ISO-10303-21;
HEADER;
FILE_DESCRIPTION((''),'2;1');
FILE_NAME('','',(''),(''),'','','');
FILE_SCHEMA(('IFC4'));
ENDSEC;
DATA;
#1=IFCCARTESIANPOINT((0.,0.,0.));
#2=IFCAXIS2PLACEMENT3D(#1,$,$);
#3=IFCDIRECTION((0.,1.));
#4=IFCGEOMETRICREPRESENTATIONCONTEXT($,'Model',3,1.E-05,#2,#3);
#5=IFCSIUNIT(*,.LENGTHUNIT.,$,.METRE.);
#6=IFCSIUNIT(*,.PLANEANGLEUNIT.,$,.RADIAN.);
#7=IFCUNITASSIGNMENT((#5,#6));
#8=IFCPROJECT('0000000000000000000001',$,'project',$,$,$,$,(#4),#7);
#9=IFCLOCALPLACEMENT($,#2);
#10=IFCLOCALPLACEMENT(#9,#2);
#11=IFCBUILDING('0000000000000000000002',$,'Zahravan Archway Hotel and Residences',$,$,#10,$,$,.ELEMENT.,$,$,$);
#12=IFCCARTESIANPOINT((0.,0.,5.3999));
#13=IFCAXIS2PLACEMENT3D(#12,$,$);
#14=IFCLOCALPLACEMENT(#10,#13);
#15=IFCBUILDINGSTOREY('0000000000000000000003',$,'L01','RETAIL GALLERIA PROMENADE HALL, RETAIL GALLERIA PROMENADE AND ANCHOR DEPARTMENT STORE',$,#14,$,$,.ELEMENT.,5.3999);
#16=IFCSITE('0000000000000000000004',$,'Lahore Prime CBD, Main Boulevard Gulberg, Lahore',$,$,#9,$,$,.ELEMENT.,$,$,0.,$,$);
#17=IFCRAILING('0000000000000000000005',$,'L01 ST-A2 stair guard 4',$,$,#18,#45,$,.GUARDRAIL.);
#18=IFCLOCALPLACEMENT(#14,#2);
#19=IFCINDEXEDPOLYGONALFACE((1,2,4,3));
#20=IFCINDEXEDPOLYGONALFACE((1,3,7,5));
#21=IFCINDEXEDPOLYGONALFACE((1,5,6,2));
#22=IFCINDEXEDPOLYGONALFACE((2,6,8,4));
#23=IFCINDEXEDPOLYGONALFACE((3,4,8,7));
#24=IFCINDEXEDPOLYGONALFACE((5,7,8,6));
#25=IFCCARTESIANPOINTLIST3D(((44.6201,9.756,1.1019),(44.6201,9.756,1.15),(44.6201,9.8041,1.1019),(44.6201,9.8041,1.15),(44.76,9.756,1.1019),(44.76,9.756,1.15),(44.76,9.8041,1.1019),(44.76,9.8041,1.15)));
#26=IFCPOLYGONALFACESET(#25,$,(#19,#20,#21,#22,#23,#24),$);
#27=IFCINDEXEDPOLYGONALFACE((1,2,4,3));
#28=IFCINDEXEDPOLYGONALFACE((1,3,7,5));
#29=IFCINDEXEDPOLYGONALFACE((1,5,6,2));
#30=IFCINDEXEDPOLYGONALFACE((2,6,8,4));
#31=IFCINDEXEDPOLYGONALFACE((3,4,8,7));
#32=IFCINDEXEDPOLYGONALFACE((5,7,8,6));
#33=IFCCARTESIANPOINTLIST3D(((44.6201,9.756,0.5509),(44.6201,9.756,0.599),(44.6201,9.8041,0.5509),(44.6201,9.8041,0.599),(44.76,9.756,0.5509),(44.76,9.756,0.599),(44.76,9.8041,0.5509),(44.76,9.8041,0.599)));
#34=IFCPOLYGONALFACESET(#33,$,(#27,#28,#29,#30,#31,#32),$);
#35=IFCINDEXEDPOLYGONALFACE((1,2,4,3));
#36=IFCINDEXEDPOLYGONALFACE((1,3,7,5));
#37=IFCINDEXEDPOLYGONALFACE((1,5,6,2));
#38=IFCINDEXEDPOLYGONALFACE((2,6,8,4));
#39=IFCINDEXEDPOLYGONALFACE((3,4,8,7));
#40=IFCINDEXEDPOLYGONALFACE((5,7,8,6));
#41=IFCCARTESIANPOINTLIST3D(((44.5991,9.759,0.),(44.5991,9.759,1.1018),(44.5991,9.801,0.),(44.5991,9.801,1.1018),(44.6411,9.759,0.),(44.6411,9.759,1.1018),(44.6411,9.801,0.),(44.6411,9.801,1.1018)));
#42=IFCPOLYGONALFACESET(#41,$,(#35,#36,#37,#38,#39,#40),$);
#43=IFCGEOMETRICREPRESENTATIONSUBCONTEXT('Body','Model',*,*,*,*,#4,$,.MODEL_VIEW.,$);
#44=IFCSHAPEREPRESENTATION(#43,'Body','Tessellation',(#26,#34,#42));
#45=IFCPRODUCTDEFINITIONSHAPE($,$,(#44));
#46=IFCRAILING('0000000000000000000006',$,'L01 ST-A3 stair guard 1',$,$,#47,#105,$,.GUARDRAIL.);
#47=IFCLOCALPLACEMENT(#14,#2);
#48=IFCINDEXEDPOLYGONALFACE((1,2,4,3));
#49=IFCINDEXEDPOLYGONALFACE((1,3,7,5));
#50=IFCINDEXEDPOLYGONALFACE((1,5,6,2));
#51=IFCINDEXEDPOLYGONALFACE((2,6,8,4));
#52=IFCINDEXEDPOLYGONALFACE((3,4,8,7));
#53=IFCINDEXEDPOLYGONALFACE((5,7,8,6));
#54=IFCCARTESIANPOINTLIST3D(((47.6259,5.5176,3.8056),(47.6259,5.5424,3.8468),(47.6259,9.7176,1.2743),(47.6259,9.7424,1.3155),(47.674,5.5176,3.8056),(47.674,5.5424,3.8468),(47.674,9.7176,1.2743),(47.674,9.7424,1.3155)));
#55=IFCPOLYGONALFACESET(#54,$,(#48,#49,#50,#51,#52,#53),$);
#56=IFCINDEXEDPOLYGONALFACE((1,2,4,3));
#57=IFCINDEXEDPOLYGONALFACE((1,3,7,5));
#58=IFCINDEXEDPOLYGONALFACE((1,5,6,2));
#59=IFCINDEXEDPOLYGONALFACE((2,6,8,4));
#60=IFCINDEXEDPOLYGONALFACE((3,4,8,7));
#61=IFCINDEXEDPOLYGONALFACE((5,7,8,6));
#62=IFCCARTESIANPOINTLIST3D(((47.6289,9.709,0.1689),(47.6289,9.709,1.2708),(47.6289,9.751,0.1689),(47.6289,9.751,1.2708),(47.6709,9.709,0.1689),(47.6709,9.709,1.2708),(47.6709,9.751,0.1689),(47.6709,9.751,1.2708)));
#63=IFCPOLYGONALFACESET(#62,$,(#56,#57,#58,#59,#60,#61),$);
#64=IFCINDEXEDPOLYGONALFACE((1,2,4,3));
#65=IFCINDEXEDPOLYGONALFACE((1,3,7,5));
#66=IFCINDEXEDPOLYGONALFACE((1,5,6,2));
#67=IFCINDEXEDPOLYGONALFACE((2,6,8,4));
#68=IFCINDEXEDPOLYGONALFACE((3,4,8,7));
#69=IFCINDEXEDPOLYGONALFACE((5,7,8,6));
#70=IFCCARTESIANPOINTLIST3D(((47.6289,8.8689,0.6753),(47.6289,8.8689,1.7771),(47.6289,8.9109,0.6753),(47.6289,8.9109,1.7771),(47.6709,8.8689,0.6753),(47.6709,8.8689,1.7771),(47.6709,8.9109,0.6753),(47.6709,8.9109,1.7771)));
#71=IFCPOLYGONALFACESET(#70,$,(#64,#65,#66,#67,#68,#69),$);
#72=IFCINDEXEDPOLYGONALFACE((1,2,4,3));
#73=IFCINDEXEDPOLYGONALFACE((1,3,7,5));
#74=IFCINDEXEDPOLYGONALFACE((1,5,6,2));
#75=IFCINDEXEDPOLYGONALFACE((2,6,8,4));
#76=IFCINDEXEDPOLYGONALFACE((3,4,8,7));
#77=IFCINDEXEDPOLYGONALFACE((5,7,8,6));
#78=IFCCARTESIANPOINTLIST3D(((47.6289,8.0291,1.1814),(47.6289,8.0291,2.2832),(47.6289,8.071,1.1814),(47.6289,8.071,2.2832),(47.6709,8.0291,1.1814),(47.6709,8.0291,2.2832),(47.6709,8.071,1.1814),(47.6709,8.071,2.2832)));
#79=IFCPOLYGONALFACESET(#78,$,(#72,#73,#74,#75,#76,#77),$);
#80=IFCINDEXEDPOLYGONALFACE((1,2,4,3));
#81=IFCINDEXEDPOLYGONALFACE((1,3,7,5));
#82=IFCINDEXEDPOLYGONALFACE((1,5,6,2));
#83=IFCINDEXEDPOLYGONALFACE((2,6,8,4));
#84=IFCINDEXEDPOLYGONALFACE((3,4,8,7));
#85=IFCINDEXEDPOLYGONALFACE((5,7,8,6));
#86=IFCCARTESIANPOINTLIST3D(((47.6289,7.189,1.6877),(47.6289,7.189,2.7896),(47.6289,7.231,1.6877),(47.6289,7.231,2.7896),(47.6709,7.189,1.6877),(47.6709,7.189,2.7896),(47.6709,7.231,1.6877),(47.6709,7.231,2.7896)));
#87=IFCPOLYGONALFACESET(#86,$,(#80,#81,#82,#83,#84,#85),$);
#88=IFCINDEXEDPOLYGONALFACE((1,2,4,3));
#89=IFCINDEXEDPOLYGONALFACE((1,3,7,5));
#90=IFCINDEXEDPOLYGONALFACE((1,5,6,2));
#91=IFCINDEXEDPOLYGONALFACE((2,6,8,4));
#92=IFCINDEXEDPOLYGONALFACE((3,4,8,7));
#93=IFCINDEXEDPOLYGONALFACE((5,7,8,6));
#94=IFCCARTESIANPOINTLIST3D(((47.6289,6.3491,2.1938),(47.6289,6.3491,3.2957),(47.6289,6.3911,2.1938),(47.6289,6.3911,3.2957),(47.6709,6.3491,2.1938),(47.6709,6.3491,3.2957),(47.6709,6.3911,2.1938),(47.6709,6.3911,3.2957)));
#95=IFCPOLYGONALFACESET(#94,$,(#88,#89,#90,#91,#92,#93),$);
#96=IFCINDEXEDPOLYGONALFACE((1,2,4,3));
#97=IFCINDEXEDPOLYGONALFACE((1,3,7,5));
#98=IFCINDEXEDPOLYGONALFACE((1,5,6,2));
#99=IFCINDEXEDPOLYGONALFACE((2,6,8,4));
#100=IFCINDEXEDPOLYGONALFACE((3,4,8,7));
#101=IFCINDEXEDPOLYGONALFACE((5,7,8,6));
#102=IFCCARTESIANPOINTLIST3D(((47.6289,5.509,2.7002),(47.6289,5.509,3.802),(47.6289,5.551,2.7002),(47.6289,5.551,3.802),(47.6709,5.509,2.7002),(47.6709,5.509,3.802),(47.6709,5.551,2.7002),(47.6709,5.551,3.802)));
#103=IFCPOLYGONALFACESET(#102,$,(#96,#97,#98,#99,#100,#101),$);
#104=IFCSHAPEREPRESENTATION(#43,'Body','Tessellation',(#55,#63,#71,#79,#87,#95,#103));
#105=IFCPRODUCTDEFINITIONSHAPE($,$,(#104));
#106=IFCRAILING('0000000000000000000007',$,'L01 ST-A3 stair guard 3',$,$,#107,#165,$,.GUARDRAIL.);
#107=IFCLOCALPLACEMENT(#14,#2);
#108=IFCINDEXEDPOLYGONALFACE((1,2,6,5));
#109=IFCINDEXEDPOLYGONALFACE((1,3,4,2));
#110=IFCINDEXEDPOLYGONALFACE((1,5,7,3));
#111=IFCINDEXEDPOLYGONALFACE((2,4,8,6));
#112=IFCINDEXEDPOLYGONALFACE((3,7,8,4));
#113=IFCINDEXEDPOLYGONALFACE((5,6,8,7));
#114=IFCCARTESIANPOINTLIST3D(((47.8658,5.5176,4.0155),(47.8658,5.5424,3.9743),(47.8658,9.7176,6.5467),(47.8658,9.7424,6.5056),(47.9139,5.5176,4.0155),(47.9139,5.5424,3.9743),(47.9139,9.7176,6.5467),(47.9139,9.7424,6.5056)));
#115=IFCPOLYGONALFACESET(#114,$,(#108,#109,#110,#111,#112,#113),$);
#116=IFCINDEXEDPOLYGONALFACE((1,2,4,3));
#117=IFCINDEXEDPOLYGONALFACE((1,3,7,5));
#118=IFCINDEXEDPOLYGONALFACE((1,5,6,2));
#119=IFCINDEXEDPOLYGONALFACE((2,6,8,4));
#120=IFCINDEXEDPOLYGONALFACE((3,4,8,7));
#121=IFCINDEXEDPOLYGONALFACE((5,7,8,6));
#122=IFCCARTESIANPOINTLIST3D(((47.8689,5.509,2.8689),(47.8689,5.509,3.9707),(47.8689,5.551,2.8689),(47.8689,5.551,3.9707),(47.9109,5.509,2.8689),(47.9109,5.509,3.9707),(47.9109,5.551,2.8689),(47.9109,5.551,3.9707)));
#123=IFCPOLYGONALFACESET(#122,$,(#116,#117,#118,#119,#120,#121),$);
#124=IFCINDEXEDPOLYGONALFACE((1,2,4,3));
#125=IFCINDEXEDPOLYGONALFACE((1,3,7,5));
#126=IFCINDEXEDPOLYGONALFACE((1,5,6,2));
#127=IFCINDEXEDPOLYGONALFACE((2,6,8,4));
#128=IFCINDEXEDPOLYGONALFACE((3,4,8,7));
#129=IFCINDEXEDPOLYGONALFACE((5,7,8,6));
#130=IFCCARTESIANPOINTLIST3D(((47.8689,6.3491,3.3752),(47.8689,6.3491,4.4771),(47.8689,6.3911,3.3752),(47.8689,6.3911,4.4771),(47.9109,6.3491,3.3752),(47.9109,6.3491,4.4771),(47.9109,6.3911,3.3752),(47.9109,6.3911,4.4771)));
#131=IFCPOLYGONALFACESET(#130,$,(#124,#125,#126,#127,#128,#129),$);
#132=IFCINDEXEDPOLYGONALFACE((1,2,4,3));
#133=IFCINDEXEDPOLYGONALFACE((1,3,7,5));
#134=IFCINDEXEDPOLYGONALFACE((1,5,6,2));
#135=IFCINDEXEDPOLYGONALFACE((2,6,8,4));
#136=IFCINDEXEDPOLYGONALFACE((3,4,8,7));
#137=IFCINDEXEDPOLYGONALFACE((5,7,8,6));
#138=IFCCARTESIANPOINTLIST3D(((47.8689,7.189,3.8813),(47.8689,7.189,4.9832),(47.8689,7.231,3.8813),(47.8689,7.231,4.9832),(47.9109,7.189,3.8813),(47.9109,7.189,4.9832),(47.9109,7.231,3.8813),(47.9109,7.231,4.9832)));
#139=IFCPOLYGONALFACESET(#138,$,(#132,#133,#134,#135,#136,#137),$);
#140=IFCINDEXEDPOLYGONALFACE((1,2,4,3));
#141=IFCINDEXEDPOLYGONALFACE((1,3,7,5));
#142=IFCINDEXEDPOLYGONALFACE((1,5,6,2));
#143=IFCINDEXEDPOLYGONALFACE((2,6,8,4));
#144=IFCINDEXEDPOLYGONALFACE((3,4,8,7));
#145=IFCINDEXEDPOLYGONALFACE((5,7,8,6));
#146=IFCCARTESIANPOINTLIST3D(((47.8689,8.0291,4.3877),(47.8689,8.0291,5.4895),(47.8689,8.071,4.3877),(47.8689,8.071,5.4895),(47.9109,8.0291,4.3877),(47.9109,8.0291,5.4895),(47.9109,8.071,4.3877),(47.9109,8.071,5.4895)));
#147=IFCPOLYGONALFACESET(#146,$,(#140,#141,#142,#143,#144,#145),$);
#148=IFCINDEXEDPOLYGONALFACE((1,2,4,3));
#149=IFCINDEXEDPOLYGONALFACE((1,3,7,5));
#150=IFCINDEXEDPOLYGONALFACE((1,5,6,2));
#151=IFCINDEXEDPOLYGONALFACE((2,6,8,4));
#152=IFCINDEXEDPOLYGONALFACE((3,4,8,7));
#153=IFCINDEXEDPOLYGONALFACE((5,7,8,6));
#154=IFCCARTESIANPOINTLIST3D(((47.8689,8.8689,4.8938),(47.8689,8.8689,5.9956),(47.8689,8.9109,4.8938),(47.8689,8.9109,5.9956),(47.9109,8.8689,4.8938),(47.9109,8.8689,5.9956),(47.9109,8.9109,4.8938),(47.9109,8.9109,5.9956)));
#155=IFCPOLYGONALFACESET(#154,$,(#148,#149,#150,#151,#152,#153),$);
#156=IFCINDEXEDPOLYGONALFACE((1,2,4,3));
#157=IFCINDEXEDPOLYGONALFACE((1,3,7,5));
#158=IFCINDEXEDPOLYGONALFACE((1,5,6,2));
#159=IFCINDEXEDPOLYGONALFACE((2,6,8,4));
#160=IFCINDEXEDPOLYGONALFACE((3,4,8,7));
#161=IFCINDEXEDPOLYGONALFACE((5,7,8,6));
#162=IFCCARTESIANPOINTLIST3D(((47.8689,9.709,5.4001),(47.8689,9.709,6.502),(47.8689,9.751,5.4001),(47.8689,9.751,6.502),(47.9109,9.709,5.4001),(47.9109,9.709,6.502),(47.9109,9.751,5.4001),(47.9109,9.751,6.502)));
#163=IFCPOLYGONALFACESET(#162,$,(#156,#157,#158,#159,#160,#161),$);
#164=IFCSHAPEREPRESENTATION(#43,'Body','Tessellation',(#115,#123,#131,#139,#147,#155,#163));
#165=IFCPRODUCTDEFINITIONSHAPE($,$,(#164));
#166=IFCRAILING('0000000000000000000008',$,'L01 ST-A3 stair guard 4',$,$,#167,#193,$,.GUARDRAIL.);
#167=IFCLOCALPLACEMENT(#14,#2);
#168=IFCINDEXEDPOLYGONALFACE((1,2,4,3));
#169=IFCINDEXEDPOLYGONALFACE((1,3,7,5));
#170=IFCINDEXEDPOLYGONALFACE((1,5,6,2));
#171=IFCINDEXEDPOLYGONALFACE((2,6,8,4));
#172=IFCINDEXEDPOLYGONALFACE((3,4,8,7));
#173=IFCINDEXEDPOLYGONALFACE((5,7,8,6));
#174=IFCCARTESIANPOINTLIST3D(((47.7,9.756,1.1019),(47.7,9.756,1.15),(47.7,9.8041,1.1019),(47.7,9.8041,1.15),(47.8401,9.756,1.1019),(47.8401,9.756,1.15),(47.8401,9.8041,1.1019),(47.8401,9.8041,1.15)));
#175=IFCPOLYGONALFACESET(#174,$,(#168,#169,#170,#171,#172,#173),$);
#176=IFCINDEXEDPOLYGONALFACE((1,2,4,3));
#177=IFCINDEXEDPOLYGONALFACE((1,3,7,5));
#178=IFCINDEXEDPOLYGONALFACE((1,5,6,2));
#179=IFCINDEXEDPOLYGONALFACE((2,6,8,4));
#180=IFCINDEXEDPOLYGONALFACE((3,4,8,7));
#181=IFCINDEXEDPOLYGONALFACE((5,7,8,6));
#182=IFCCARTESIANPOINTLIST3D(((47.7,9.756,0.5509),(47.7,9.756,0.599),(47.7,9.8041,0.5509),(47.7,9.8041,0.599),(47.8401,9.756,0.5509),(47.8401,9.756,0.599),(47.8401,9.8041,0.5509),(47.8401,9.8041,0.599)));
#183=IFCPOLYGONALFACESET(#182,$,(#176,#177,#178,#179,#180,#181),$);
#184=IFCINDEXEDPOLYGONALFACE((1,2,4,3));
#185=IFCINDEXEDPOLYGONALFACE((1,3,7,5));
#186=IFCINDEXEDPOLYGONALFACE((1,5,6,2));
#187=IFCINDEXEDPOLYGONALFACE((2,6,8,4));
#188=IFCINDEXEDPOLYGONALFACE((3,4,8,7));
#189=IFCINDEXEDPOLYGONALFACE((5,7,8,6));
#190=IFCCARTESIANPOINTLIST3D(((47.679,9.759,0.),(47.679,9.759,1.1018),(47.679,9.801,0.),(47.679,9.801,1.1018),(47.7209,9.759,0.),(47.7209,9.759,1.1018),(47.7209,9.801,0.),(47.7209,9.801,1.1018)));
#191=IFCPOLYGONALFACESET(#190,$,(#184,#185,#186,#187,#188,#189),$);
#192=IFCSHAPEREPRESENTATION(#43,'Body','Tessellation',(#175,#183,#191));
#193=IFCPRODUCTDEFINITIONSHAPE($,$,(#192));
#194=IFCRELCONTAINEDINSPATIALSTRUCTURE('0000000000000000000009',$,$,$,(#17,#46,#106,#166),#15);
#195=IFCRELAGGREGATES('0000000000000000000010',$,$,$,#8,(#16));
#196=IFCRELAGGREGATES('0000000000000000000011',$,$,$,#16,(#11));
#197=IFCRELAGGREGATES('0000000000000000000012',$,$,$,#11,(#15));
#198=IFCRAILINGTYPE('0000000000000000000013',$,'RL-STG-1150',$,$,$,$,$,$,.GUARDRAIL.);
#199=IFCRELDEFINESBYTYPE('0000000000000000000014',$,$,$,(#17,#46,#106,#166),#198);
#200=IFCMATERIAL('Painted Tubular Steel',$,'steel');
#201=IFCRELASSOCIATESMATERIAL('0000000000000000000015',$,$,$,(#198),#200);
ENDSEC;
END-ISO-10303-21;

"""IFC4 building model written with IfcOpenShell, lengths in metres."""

from ifc_helpers import new_model, si_unit, direction, frame, origin, origin_2d, place, context, subcontext, project, spatial, rectangle, extrude, material, type_object, element, save


model = new_model("IFC4")

# Units and contexts
model_context = context("Model", 3, precision=1e-05, world=origin(), true_north=direction((0.0, 1.0)))
body_context = subcontext(model_context, "Body", "Model", "MODEL_VIEW")
ifc_project = project(units=[si_unit("LENGTHUNIT", "METRE"), si_unit("PLANEANGLEUNIT", "RADIAN")], contexts=[model_context])

# Site, building, storey
site_placement = place(None, origin())
site = spatial("IfcSite", under=ifc_project, at=site_placement, Name="Lahore Prime CBD, Main Boulevard Gulberg, Lahore", CompositionType="ELEMENT", RefElevation=0.0)
building_placement = place(site_placement, origin())
building = spatial("IfcBuilding", under=site, at=building_placement, Name="Zahravan Archway Hotel and Residences", CompositionType="ELEMENT")
storey_placement = place(building_placement, frame((0.0, 0.0, 5.3999)))
storey = spatial("IfcBuildingStorey", under=building, at=storey_placement, Name="L01", Description="RETAIL GALLERIA PROMENADE HALL, RETAIL GALLERIA PROMENADE AND ANCHOR DEPARTMENT STORE", CompositionType="ELEMENT", Elevation=5.3999)

# Railings
ifc_material_1 = material(Name="Painted Tubular Steel", Category="steel")
railing_type_1 = type_object("IfcRailingType", Name="RL-STG-1150", PredefinedType="GUARDRAIL", material=ifc_material_1)
railing_1_placement = place(storey_placement, frame((44.6201, 9.78, 0.0)))
element("IfcRailing", 1, at=railing_1_placement, inside=storey, type_object=railing_type_1, Name="L01 ST-A2 stair guard 4", PredefinedType="GUARDRAIL", context=body_context, shape_type="SweptSolid", body=[
    extrude(rectangle(XDim=0.0481, YDim=0.0481, at=origin_2d()), frame((0.0, 0.0, 1.126), z_axis=(1.0, 0.0, 0.0), x_axis=(0.0, 1.0, 0.0)), (0.0, 0.0, 1.0), 0.1399),
    extrude(rectangle(XDim=0.0481, YDim=0.0481, at=origin_2d()), frame((0.0, 0.0, 0.575), z_axis=(1.0, 0.0, 0.0), x_axis=(0.0, 1.0, 0.0)), (0.0, 0.0, 1.0), 0.1399),
    extrude(rectangle(XDim=0.042, YDim=0.042, at=origin_2d()), origin(), (0.0, 0.0, 1.0), 1.1018),
])
railing_2_placement = place(storey_placement, frame((47.6499, 9.73, 0.1689)))
element("IfcRailing", 2, at=railing_2_placement, inside=storey, type_object=railing_type_1, Name="L01 ST-A3 stair guard 1", PredefinedType="GUARDRAIL", context=body_context, shape_type="SweptSolid", body=[
    extrude(rectangle(XDim=0.0481, YDim=0.0481, at=origin_2d()), frame((0.0, 0.0, 1.126), z_axis=(0.0, -0.856476, 0.516186), x_axis=(1.0, 0.0, 0.0)), (0.0, 0.0, 1.0), 4.9038),
    extrude(rectangle(XDim=0.042, YDim=0.042, at=origin_2d()), origin(), (0.0, 0.0, 1.0), 1.1018),
    extrude(rectangle(XDim=0.042, YDim=0.042, at=origin_2d()), frame((0.0, -0.8401, 0.5063)), (0.0, 0.0, 1.0), 1.1018),
    extrude(rectangle(XDim=0.042, YDim=0.042, at=origin_2d()), frame((0.0, -1.6799, 1.0125)), (0.0, 0.0, 1.0), 1.1018),
    extrude(rectangle(XDim=0.042, YDim=0.042, at=origin_2d()), frame((0.0, -2.52, 1.5188)), (0.0, 0.0, 1.0), 1.1018),
    extrude(rectangle(XDim=0.042, YDim=0.042, at=origin_2d()), frame((0.0, -3.3599, 2.0249)), (0.0, 0.0, 1.0), 1.1018),
    extrude(rectangle(XDim=0.042, YDim=0.042, at=origin_2d()), frame((0.0, -4.2, 2.5312)), (0.0, 0.0, 1.0), 1.1018),
])
railing_3_placement = place(storey_placement, frame((47.8899, 5.53, 2.8689)))
element("IfcRailing", 3, at=railing_3_placement, inside=storey, type_object=railing_type_1, Name="L01 ST-A3 stair guard 3", PredefinedType="GUARDRAIL", context=body_context, shape_type="SweptSolid", body=[
    extrude(rectangle(XDim=0.0481, YDim=0.0481, at=origin_2d()), frame((0.0, 0.0, 1.126), z_axis=(0.0, 0.856476, 0.516186), x_axis=(-1.0, 0.0, 0.0)), (0.0, 0.0, 1.0), 4.9038),
    extrude(rectangle(XDim=0.042, YDim=0.042, at=origin_2d()), origin(), (0.0, 0.0, 1.0), 1.1018),
    extrude(rectangle(XDim=0.042, YDim=0.042, at=origin_2d()), frame((0.0, 0.8401, 0.5063)), (0.0, 0.0, 1.0), 1.1018),
    extrude(rectangle(XDim=0.042, YDim=0.042, at=origin_2d()), frame((0.0, 1.6799, 1.0125)), (0.0, 0.0, 1.0), 1.1018),
    extrude(rectangle(XDim=0.042, YDim=0.042, at=origin_2d()), frame((0.0, 2.52, 1.5188)), (0.0, 0.0, 1.0), 1.1018),
    extrude(rectangle(XDim=0.042, YDim=0.042, at=origin_2d()), frame((0.0, 3.3599, 2.0249)), (0.0, 0.0, 1.0), 1.1018),
    extrude(rectangle(XDim=0.042, YDim=0.042, at=origin_2d()), frame((0.0, 4.2, 2.5312)), (0.0, 0.0, 1.0), 1.1018),
])
railing_4_placement = place(storey_placement, frame((47.7, 9.78, 0.0)))
element("IfcRailing", 4, at=railing_4_placement, inside=storey, type_object=railing_type_1, Name="L01 ST-A3 stair guard 4", PredefinedType="GUARDRAIL", context=body_context, shape_type="SweptSolid", body=[
    extrude(rectangle(XDim=0.0481, YDim=0.0481, at=origin_2d()), frame((0.0, 0.0, 1.126), z_axis=(1.0, 0.0, 0.0), x_axis=(0.0, 1.0, 0.0)), (0.0, 0.0, 1.0), 0.1401),
    extrude(rectangle(XDim=0.0481, YDim=0.0481, at=origin_2d()), frame((0.0, 0.0, 0.575), z_axis=(1.0, 0.0, 0.0), x_axis=(0.0, 1.0, 0.0)), (0.0, 0.0, 1.0), 0.1401),
    extrude(rectangle(XDim=0.042, YDim=0.042, at=origin_2d()), origin(), (0.0, 0.0, 1.0), 1.1018),
])

save(model, "model.ifc")
